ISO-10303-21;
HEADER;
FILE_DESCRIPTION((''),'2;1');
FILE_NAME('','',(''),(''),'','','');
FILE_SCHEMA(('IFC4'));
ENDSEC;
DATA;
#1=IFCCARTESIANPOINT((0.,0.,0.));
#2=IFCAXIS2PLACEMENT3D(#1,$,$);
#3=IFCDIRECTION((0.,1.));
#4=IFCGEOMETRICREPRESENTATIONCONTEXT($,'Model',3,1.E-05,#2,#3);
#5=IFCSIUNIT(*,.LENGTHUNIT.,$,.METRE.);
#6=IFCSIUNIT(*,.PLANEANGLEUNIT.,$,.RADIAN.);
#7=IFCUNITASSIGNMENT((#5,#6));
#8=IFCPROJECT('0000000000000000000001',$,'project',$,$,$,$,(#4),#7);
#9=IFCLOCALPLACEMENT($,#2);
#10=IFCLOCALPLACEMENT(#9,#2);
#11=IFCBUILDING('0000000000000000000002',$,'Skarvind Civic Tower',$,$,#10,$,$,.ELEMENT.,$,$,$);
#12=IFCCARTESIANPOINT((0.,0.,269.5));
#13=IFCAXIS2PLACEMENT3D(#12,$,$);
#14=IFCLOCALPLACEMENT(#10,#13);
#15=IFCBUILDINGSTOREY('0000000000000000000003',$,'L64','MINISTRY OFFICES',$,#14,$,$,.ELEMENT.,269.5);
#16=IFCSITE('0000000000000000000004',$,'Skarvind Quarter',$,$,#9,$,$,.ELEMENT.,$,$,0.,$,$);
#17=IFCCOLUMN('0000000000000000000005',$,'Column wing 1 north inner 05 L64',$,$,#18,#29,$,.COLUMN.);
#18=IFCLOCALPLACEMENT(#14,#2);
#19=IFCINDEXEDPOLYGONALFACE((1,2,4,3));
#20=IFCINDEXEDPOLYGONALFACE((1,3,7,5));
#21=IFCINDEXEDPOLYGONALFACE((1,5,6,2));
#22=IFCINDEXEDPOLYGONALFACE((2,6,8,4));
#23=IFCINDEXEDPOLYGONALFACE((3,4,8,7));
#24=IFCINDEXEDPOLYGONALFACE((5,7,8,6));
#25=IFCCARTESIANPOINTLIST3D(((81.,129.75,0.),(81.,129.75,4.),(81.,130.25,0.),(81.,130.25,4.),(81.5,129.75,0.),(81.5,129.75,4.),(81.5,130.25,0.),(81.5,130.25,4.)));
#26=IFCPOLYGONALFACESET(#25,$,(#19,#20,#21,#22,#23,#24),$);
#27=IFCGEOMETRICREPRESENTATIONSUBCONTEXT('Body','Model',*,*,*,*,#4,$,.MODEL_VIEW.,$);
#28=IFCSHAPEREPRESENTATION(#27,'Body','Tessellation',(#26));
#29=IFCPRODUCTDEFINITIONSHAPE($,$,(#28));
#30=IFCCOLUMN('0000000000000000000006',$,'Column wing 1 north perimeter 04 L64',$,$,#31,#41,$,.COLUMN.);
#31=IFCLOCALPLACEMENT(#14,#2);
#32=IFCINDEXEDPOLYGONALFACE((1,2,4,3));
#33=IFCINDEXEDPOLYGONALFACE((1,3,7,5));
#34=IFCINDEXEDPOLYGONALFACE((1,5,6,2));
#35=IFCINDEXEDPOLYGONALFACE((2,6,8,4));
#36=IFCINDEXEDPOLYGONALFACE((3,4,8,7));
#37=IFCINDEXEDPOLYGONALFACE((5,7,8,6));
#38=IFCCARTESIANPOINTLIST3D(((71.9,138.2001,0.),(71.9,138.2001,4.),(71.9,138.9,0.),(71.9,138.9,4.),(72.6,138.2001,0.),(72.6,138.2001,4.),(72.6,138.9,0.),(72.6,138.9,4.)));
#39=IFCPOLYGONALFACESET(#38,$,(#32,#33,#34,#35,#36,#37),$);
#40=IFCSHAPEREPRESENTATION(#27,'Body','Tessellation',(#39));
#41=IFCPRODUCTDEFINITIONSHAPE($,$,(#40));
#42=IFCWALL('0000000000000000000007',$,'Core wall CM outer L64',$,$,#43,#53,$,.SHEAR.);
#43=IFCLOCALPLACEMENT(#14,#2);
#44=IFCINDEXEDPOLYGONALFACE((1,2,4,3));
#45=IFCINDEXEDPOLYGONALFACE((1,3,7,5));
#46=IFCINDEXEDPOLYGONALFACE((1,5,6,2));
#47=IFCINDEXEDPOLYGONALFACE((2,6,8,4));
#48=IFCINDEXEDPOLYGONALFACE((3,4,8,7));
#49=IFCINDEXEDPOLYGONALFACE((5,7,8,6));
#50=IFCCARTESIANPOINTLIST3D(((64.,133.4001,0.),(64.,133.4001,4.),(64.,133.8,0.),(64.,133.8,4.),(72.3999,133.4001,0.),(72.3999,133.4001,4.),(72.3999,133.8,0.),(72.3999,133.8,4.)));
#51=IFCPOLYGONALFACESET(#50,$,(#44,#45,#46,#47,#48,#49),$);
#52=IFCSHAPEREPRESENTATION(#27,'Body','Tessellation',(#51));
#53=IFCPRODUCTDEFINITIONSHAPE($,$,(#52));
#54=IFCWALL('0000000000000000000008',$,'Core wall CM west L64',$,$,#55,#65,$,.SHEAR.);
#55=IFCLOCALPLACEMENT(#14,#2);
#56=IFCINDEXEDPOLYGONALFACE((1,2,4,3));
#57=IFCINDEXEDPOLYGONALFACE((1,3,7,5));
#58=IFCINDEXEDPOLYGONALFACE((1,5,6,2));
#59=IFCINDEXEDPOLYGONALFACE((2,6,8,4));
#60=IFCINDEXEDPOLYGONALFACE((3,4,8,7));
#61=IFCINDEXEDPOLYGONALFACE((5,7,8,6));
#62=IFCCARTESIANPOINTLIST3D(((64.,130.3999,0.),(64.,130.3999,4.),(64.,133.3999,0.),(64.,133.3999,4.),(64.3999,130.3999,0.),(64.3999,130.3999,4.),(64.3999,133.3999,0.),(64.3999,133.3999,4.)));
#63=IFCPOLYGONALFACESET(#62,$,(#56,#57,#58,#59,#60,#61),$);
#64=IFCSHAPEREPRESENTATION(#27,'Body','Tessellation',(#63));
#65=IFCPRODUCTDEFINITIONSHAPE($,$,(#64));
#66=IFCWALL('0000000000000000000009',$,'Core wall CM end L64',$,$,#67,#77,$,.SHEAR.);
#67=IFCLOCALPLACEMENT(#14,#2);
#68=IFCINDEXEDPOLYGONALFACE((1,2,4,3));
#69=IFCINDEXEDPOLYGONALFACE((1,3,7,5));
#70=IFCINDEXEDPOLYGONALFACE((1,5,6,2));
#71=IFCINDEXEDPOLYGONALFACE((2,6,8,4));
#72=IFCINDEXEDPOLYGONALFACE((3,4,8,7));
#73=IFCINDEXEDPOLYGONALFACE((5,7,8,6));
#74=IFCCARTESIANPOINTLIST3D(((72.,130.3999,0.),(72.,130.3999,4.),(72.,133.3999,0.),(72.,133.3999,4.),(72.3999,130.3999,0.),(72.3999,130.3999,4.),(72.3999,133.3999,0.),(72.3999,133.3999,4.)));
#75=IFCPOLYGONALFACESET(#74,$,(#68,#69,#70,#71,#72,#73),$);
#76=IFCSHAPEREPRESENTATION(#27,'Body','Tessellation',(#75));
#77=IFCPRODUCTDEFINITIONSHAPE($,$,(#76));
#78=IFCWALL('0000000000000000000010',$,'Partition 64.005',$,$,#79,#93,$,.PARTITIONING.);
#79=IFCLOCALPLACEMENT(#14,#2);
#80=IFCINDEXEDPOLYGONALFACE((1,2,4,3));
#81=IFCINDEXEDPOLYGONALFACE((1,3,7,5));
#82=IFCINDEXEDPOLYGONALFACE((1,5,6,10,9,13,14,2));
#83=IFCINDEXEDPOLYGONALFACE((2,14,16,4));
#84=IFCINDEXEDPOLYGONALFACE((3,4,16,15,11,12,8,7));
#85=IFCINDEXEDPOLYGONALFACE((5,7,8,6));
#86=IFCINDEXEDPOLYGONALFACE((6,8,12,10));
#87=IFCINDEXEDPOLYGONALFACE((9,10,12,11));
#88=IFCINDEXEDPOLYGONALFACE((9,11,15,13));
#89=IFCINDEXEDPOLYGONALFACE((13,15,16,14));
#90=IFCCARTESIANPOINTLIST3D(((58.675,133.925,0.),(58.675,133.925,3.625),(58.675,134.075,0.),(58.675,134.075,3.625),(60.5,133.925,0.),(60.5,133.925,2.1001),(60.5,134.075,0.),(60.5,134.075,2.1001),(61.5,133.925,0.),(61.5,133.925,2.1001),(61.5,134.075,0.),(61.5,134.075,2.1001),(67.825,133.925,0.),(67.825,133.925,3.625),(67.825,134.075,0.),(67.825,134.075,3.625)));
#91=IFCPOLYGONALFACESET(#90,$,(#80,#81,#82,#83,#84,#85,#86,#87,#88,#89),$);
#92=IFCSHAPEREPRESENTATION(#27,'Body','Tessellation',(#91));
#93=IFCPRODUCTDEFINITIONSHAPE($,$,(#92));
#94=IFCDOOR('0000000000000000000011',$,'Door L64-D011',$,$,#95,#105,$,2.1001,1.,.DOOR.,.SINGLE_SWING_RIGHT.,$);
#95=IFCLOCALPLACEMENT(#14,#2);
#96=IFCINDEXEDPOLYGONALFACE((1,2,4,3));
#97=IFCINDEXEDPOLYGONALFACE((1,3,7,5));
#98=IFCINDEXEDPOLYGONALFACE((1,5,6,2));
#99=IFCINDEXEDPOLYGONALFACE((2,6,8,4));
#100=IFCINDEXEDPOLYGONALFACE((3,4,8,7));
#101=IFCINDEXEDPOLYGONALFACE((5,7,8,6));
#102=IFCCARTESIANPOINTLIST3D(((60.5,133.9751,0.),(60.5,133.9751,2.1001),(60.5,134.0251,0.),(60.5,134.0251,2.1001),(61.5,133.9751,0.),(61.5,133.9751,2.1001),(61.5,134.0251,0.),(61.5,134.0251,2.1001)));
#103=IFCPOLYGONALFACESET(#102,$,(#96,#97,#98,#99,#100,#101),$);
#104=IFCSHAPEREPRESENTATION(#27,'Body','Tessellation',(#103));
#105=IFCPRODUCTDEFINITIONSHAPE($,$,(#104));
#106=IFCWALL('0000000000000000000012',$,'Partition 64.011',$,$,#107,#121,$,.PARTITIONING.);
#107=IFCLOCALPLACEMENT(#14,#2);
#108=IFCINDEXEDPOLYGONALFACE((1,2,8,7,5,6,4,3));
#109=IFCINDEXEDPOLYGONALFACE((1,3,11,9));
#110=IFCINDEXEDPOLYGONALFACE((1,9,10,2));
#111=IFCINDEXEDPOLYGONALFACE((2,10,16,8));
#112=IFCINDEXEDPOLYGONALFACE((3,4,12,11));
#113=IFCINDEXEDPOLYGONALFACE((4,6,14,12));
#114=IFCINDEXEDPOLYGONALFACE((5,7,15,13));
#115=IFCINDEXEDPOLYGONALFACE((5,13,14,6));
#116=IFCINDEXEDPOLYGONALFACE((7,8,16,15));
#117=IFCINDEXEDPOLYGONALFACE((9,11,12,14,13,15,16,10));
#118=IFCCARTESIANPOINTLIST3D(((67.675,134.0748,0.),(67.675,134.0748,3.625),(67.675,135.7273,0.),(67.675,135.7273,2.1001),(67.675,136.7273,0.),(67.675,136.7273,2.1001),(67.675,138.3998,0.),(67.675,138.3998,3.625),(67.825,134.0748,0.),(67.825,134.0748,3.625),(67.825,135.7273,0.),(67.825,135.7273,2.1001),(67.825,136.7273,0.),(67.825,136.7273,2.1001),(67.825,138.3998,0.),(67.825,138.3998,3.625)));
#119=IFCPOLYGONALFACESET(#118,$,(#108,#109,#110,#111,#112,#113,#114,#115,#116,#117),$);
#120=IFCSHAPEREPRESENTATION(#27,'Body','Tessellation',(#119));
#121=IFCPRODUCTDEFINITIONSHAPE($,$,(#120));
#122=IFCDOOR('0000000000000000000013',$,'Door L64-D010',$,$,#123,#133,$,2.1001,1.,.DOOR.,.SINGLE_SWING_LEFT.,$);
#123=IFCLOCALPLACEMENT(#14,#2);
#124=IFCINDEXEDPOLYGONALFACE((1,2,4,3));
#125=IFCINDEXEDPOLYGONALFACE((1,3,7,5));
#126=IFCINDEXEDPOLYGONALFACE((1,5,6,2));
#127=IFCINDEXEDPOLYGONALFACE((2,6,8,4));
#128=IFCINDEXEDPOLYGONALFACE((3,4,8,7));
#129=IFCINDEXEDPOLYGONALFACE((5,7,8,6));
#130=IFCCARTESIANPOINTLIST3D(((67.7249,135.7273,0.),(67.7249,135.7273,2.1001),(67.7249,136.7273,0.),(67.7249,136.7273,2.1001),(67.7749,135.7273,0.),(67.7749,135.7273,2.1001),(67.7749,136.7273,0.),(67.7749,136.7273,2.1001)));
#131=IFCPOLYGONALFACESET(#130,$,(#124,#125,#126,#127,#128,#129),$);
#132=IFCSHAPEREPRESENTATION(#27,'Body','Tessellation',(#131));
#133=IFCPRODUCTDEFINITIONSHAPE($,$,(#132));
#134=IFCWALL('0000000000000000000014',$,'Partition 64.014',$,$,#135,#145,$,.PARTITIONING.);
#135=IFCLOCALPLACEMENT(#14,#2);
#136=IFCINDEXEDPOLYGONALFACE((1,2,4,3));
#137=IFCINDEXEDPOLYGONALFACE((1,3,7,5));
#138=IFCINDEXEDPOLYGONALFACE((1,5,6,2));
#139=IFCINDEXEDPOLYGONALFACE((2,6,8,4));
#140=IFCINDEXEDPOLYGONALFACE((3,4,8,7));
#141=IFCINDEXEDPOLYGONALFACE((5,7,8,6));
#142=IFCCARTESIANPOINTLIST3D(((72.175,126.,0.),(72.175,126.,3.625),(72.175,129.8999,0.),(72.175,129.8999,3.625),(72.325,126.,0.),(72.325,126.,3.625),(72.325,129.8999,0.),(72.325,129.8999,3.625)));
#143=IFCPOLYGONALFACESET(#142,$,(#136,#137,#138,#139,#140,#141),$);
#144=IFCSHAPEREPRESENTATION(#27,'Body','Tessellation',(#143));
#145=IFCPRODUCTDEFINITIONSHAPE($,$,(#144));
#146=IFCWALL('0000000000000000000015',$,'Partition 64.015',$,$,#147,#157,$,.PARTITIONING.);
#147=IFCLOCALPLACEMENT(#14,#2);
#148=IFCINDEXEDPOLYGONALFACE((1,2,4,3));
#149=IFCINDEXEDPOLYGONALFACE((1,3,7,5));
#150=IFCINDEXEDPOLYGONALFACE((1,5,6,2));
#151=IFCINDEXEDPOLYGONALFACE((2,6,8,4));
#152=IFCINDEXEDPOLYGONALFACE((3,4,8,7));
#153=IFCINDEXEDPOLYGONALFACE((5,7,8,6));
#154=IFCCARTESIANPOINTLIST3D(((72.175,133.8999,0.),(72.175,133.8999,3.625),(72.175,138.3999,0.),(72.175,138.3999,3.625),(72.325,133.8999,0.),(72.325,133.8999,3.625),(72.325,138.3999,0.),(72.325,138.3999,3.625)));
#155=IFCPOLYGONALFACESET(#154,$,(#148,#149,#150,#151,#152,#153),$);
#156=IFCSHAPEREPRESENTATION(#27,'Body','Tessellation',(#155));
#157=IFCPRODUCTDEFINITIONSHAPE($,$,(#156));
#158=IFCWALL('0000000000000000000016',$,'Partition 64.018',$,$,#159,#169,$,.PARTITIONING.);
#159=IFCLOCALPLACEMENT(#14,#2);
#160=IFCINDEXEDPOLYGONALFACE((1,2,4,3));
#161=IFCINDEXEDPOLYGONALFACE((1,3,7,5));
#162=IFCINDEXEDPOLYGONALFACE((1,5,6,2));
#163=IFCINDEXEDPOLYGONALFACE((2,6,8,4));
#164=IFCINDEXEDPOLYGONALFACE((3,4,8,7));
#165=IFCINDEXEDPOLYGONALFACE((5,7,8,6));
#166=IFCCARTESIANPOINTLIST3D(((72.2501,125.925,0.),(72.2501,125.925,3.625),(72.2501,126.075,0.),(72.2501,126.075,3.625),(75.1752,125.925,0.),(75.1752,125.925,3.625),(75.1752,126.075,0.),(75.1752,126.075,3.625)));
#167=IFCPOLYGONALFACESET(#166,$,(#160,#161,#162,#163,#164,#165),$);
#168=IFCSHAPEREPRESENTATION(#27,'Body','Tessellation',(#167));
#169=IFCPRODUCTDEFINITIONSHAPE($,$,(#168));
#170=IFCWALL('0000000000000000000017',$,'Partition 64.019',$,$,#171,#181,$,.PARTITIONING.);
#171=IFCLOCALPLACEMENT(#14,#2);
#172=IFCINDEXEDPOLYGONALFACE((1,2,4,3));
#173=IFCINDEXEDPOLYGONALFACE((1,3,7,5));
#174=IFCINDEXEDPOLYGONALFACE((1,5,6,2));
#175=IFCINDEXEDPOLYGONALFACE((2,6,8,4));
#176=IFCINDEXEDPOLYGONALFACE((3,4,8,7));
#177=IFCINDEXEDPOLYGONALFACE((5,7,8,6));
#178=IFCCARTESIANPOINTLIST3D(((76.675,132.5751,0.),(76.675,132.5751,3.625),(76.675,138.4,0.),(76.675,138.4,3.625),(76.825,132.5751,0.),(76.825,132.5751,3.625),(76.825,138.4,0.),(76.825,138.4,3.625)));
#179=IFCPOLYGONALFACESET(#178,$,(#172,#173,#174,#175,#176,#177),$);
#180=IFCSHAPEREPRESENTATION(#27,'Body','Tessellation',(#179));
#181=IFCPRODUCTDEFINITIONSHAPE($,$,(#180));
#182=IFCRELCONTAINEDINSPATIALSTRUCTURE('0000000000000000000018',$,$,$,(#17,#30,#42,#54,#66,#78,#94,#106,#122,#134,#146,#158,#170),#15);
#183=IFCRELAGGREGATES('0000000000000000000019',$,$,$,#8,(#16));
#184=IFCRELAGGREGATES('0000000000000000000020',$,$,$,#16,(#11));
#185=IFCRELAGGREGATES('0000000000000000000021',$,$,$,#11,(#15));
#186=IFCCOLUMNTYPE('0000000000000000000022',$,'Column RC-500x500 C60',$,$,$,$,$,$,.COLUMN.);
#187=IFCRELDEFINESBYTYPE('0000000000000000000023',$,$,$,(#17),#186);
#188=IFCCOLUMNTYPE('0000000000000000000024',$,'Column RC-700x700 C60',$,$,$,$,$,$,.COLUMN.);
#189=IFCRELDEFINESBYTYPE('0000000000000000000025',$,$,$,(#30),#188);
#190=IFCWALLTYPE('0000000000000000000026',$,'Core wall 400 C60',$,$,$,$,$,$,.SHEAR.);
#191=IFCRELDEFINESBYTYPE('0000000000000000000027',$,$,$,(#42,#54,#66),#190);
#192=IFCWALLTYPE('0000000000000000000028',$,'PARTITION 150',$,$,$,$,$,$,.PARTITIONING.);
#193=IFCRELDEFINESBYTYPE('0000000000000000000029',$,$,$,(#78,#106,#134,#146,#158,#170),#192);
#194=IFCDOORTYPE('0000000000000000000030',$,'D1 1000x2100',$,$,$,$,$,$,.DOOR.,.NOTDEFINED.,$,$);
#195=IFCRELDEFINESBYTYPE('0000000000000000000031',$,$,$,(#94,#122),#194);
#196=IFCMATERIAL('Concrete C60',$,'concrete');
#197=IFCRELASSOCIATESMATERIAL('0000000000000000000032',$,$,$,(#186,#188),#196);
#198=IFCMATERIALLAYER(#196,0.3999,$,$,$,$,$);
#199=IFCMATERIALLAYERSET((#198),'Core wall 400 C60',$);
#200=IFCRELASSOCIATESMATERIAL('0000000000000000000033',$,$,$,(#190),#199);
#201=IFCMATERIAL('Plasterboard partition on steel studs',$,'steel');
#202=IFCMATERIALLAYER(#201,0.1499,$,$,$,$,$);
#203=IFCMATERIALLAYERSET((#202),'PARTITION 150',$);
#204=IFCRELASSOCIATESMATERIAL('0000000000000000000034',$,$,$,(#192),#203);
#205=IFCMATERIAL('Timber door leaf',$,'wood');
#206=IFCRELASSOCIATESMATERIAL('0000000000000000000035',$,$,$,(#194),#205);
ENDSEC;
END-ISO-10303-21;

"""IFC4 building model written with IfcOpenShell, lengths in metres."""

from ifc_helpers import new_model, si_unit, direction, frame, frame_2d, origin, origin_2d, place, context, subcontext, project, spatial, rectangle, extrude, material, layer, layer_set, material_profile, profile_set, type_object, element, fill, save


model = new_model("IFC4")

# Units and contexts
model_context = context("Model", 3, precision=1e-05, world=origin(), true_north=direction((0.0, 1.0)))
body_context = subcontext(model_context, "Body", "Model", "MODEL_VIEW")
ifc_project = project(units=[si_unit("LENGTHUNIT", "METRE"), si_unit("PLANEANGLEUNIT", "RADIAN")], contexts=[model_context])

# Site, building, storey
site_placement = place(None, origin())
site = spatial("IfcSite", under=ifc_project, at=site_placement, Name="Skarvind Quarter", CompositionType="ELEMENT", RefElevation=0.0)
building_placement = place(site_placement, origin())
building = spatial("IfcBuilding", under=site, at=building_placement, Name="Skarvind Civic Tower", CompositionType="ELEMENT")
storey_placement = place(building_placement, frame((0.0, 0.0, 269.5)))
storey = spatial("IfcBuildingStorey", under=building, at=storey_placement, Name="L64", Description="MINISTRY OFFICES", CompositionType="ELEMENT", Elevation=269.5)

# Columns
ifc_material_1 = material(Name="Concrete C60", Category="concrete")
ifc_material_profile_1 = material_profile(ifc_material_1, rectangle(XDim=0.5, YDim=0.5, at=origin_2d()), Name="RC-500x500")
ifc_profile_set_1 = profile_set([ifc_material_profile_1], Name="Concrete C60")
column_type_1 = type_object("IfcColumnType", Name="Column RC-500x500 C60", PredefinedType="COLUMN", material=ifc_profile_set_1)
column_1_placement = place(storey_placement, frame((81.25, 130.0, 0.0), z_axis=(0.0, 0.0, 1.0), x_axis=(1.0, 0.0, 0.0)))
element("IfcColumn", 1, at=column_1_placement, inside=storey, type_object=column_type_1, Name="Column wing 1 north inner 05 L64", PredefinedType="COLUMN", context=body_context, shape_type="SweptSolid", body=[
    extrude(rectangle(XDim=0.5, YDim=0.5, at=origin_2d()), origin(), (0.0, 0.0, 1.0), 4.0),
])
ifc_material_profile_2 = material_profile(ifc_material_1, rectangle(XDim=0.7, YDim=0.7, at=origin_2d()), Name="RC-700x700")
ifc_profile_set_2 = profile_set([ifc_material_profile_2], Name="Concrete C60")
column_type_2 = type_object("IfcColumnType", Name="Column RC-700x700 C60", PredefinedType="COLUMN", material=ifc_profile_set_2)
column_2_placement = place(storey_placement, frame((72.25, 138.55, 0.0), z_axis=(0.0, 0.0, 1.0), x_axis=(1.0, 0.0, 0.0)))
element("IfcColumn", 2, at=column_2_placement, inside=storey, type_object=column_type_2, Name="Column wing 1 north perimeter 04 L64", PredefinedType="COLUMN", context=body_context, shape_type="SweptSolid", body=[
    extrude(rectangle(XDim=0.7, YDim=0.7, at=origin_2d()), origin(), (0.0, 0.0, 1.0), 4.0),
])

# Walls
ifc_layer_1 = layer(ifc_material_1, 0.3999)
ifc_layer_set_1 = layer_set([ifc_layer_1], Name="Core wall 400 C60")
wall_type_1 = type_object("IfcWallType", Name="Core wall 400 C60", PredefinedType="SHEAR", material=ifc_layer_set_1)
wall_1_placement = place(storey_placement, frame((64.0, 133.6001, 0.0), z_axis=(0.0, 0.0, 1.0), x_axis=(1.0, 0.0, 0.0)))
element("IfcWall", 3, at=wall_1_placement, inside=storey, type_object=wall_type_1, Name="Core wall CM outer L64", PredefinedType="SHEAR", context=body_context, shape_type="SweptSolid", body=[
    extrude(rectangle(XDim=8.3999, YDim=0.3999, at=frame_2d((4.2, 0.0))), origin(), (0.0, 0.0, 1.0), 4.0),
])
for number, where, z_axis, x_axis, name in (
    (4, (64.2, 130.3999, 0.0), (0.0, 0.0, 1.0), (0.0, 1.0, 0.0), "Core wall CM west L64"),
    (5, (72.2, 130.3999, 0.0), (0.0, 0.0, 1.0), (0.0, 1.0, 0.0), "Core wall CM end L64"),
):
    element("IfcWall", number, at=place(storey_placement, frame(where, z_axis=z_axis, x_axis=x_axis)), inside=storey, type_object=wall_type_1, Name=name, PredefinedType="SHEAR", context=body_context, shape_type="SweptSolid", body=[
        extrude(rectangle(XDim=3.0, YDim=0.3999, at=frame_2d((1.5, 0.0))), origin(), (0.0, 0.0, 1.0), 4.0),
    ])

# Walls, openings, doors
ifc_material_2 = material(Name="Plasterboard partition on steel studs", Category="steel")
ifc_layer_2 = layer(ifc_material_2, 0.1499)
ifc_layer_set_2 = layer_set([ifc_layer_2], Name="PARTITION 150")
wall_type_2 = type_object("IfcWallType", Name="PARTITION 150", PredefinedType="PARTITIONING", material=ifc_layer_set_2)
wall_2_placement = place(storey_placement, frame((67.825, 134.0, 0.0), z_axis=(0.0, 0.0, 1.0), x_axis=(-1.0, 0.0, 0.0)))
wall_2 = element("IfcWall", 6, at=wall_2_placement, inside=storey, type_object=wall_type_2, Name="Partition 64.005", PredefinedType="PARTITIONING", context=body_context, shape_type="SweptSolid", body=[
    extrude(rectangle(XDim=9.1499, YDim=0.1499, at=frame_2d((4.575, 0.0))), origin(), (0.0, 0.0, 1.0), 3.625),
])
opening_1_placement = place(wall_2_placement, frame((6.325, 0.0, 0.0)))
opening_1 = element("IfcOpeningElement", 7, at=opening_1_placement, cuts=wall_2, PredefinedType="OPENING", context=body_context, shape_type="SweptSolid", body=[
    extrude(rectangle(XDim=1.0, YDim=2.1001, at=frame_2d((0.5, 1.05))), frame((0.0, 0.085, 0.0), z_axis=(0.0, -1.0, 0.0), x_axis=(1.0, 0.0, 0.0)), (0.0, 0.0, 1.0), 0.1699),
])
ifc_material_3 = material(Name="Timber door leaf", Category="wood")
door_type = type_object("IfcDoorType", Name="D1 1000x2100", OperationType="NOTDEFINED", PredefinedType="DOOR", material=ifc_material_3)
door_1_placement = place(opening_1_placement, origin())
door_1 = element("IfcDoor", 8, at=door_1_placement, inside=storey, type_object=door_type, Name="Door L64-D011", OperationType="SINGLE_SWING_RIGHT", OverallHeight=2.1001, OverallWidth=1.0, PredefinedType="DOOR", context=body_context, shape_type="SweptSolid", body=[
    extrude(rectangle(XDim=1.0, YDim=2.1001, at=frame_2d((0.5, 1.05))), frame((0.0, 0.0249, 0.0), z_axis=(0.0, -1.0, 0.0), x_axis=(1.0, 0.0, 0.0)), (0.0, 0.0, 1.0), 0.05),
])
fill(opening_1, door_1)
wall_3_placement = place(storey_placement, frame((67.75, 138.3999, 0.0), z_axis=(0.0, 0.0, 1.0), x_axis=(0.0, -1.0, 0.0)))
wall_3 = element("IfcWall", 9, at=wall_3_placement, inside=storey, type_object=wall_type_2, Name="Partition 64.011", PredefinedType="PARTITIONING", context=body_context, shape_type="SweptSolid", body=[
    extrude(rectangle(XDim=4.325, YDim=0.1499, at=frame_2d((2.1626, 0.0))), origin(), (0.0, 0.0, 1.0), 3.625),
])
opening_2_placement = place(wall_3_placement, frame((1.6726, 0.0, 0.0)))
opening_2 = element("IfcOpeningElement", 10, at=opening_2_placement, cuts=wall_3, PredefinedType="OPENING", context=body_context, shape_type="SweptSolid", body=[
    extrude(rectangle(XDim=1.0, YDim=2.1001, at=frame_2d((0.5, 1.05))), frame((0.0, 0.085, 0.0), z_axis=(0.0, -1.0, 0.0), x_axis=(1.0, 0.0, 0.0)), (0.0, 0.0, 1.0), 0.1699),
])
door_2_placement = place(opening_2_placement, origin())
door_2 = element("IfcDoor", 11, at=door_2_placement, inside=storey, type_object=door_type, Name="Door L64-D010", OperationType="SINGLE_SWING_LEFT", OverallHeight=2.1001, OverallWidth=1.0, PredefinedType="DOOR", context=body_context, shape_type="SweptSolid", body=[
    extrude(rectangle(XDim=1.0, YDim=2.1001, at=frame_2d((0.5, 1.05))), frame((0.0, 0.0249, 0.0), z_axis=(0.0, -1.0, 0.0), x_axis=(1.0, 0.0, 0.0)), (0.0, 0.0, 1.0), 0.05),
])
fill(opening_2, door_2)

# Walls
wall_4_placement = place(storey_placement, frame((72.25, 126.0, 0.0), z_axis=(0.0, 0.0, 1.0), x_axis=(0.0, 1.0, 0.0)))
element("IfcWall", 12, at=wall_4_placement, inside=storey, type_object=wall_type_2, Name="Partition 64.014", PredefinedType="PARTITIONING", context=body_context, shape_type="SweptSolid", body=[
    extrude(rectangle(XDim=3.8999, YDim=0.1499, at=frame_2d((1.95, 0.0))), origin(), (0.0, 0.0, 1.0), 3.625),
])
wall_5_placement = place(storey_placement, frame((72.25, 133.8999, 0.0), z_axis=(0.0, 0.0, 1.0), x_axis=(0.0, 1.0, 0.0)))
element("IfcWall", 13, at=wall_5_placement, inside=storey, type_object=wall_type_2, Name="Partition 64.015", PredefinedType="PARTITIONING", context=body_context, shape_type="SweptSolid", body=[
    extrude(rectangle(XDim=4.5, YDim=0.1499, at=frame_2d((2.25, 0.0))), origin(), (0.0, 0.0, 1.0), 3.625),
])
wall_6_placement = place(storey_placement, frame((75.175, 126.0, 0.0), z_axis=(0.0, 0.0, 1.0), x_axis=(-1.0, 0.0, 0.0)))
element("IfcWall", 14, at=wall_6_placement, inside=storey, type_object=wall_type_2, Name="Partition 64.018", PredefinedType="PARTITIONING", context=body_context, shape_type="SweptSolid", body=[
    extrude(rectangle(XDim=2.925, YDim=0.1499, at=frame_2d((1.4624, 0.0))), origin(), (0.0, 0.0, 1.0), 3.625),
])
wall_7_placement = place(storey_placement, frame((76.75, 132.575, 0.0), z_axis=(0.0, 0.0, 1.0), x_axis=(0.0, 1.0, 0.0)))
element("IfcWall", 15, at=wall_7_placement, inside=storey, type_object=wall_type_2, Name="Partition 64.019", PredefinedType="PARTITIONING", context=body_context, shape_type="SweptSolid", body=[
    extrude(rectangle(XDim=5.825, YDim=0.1499, at=frame_2d((2.9126, 0.0))), origin(), (0.0, 0.0, 1.0), 3.625),
])

save(model, "model.ifc")
